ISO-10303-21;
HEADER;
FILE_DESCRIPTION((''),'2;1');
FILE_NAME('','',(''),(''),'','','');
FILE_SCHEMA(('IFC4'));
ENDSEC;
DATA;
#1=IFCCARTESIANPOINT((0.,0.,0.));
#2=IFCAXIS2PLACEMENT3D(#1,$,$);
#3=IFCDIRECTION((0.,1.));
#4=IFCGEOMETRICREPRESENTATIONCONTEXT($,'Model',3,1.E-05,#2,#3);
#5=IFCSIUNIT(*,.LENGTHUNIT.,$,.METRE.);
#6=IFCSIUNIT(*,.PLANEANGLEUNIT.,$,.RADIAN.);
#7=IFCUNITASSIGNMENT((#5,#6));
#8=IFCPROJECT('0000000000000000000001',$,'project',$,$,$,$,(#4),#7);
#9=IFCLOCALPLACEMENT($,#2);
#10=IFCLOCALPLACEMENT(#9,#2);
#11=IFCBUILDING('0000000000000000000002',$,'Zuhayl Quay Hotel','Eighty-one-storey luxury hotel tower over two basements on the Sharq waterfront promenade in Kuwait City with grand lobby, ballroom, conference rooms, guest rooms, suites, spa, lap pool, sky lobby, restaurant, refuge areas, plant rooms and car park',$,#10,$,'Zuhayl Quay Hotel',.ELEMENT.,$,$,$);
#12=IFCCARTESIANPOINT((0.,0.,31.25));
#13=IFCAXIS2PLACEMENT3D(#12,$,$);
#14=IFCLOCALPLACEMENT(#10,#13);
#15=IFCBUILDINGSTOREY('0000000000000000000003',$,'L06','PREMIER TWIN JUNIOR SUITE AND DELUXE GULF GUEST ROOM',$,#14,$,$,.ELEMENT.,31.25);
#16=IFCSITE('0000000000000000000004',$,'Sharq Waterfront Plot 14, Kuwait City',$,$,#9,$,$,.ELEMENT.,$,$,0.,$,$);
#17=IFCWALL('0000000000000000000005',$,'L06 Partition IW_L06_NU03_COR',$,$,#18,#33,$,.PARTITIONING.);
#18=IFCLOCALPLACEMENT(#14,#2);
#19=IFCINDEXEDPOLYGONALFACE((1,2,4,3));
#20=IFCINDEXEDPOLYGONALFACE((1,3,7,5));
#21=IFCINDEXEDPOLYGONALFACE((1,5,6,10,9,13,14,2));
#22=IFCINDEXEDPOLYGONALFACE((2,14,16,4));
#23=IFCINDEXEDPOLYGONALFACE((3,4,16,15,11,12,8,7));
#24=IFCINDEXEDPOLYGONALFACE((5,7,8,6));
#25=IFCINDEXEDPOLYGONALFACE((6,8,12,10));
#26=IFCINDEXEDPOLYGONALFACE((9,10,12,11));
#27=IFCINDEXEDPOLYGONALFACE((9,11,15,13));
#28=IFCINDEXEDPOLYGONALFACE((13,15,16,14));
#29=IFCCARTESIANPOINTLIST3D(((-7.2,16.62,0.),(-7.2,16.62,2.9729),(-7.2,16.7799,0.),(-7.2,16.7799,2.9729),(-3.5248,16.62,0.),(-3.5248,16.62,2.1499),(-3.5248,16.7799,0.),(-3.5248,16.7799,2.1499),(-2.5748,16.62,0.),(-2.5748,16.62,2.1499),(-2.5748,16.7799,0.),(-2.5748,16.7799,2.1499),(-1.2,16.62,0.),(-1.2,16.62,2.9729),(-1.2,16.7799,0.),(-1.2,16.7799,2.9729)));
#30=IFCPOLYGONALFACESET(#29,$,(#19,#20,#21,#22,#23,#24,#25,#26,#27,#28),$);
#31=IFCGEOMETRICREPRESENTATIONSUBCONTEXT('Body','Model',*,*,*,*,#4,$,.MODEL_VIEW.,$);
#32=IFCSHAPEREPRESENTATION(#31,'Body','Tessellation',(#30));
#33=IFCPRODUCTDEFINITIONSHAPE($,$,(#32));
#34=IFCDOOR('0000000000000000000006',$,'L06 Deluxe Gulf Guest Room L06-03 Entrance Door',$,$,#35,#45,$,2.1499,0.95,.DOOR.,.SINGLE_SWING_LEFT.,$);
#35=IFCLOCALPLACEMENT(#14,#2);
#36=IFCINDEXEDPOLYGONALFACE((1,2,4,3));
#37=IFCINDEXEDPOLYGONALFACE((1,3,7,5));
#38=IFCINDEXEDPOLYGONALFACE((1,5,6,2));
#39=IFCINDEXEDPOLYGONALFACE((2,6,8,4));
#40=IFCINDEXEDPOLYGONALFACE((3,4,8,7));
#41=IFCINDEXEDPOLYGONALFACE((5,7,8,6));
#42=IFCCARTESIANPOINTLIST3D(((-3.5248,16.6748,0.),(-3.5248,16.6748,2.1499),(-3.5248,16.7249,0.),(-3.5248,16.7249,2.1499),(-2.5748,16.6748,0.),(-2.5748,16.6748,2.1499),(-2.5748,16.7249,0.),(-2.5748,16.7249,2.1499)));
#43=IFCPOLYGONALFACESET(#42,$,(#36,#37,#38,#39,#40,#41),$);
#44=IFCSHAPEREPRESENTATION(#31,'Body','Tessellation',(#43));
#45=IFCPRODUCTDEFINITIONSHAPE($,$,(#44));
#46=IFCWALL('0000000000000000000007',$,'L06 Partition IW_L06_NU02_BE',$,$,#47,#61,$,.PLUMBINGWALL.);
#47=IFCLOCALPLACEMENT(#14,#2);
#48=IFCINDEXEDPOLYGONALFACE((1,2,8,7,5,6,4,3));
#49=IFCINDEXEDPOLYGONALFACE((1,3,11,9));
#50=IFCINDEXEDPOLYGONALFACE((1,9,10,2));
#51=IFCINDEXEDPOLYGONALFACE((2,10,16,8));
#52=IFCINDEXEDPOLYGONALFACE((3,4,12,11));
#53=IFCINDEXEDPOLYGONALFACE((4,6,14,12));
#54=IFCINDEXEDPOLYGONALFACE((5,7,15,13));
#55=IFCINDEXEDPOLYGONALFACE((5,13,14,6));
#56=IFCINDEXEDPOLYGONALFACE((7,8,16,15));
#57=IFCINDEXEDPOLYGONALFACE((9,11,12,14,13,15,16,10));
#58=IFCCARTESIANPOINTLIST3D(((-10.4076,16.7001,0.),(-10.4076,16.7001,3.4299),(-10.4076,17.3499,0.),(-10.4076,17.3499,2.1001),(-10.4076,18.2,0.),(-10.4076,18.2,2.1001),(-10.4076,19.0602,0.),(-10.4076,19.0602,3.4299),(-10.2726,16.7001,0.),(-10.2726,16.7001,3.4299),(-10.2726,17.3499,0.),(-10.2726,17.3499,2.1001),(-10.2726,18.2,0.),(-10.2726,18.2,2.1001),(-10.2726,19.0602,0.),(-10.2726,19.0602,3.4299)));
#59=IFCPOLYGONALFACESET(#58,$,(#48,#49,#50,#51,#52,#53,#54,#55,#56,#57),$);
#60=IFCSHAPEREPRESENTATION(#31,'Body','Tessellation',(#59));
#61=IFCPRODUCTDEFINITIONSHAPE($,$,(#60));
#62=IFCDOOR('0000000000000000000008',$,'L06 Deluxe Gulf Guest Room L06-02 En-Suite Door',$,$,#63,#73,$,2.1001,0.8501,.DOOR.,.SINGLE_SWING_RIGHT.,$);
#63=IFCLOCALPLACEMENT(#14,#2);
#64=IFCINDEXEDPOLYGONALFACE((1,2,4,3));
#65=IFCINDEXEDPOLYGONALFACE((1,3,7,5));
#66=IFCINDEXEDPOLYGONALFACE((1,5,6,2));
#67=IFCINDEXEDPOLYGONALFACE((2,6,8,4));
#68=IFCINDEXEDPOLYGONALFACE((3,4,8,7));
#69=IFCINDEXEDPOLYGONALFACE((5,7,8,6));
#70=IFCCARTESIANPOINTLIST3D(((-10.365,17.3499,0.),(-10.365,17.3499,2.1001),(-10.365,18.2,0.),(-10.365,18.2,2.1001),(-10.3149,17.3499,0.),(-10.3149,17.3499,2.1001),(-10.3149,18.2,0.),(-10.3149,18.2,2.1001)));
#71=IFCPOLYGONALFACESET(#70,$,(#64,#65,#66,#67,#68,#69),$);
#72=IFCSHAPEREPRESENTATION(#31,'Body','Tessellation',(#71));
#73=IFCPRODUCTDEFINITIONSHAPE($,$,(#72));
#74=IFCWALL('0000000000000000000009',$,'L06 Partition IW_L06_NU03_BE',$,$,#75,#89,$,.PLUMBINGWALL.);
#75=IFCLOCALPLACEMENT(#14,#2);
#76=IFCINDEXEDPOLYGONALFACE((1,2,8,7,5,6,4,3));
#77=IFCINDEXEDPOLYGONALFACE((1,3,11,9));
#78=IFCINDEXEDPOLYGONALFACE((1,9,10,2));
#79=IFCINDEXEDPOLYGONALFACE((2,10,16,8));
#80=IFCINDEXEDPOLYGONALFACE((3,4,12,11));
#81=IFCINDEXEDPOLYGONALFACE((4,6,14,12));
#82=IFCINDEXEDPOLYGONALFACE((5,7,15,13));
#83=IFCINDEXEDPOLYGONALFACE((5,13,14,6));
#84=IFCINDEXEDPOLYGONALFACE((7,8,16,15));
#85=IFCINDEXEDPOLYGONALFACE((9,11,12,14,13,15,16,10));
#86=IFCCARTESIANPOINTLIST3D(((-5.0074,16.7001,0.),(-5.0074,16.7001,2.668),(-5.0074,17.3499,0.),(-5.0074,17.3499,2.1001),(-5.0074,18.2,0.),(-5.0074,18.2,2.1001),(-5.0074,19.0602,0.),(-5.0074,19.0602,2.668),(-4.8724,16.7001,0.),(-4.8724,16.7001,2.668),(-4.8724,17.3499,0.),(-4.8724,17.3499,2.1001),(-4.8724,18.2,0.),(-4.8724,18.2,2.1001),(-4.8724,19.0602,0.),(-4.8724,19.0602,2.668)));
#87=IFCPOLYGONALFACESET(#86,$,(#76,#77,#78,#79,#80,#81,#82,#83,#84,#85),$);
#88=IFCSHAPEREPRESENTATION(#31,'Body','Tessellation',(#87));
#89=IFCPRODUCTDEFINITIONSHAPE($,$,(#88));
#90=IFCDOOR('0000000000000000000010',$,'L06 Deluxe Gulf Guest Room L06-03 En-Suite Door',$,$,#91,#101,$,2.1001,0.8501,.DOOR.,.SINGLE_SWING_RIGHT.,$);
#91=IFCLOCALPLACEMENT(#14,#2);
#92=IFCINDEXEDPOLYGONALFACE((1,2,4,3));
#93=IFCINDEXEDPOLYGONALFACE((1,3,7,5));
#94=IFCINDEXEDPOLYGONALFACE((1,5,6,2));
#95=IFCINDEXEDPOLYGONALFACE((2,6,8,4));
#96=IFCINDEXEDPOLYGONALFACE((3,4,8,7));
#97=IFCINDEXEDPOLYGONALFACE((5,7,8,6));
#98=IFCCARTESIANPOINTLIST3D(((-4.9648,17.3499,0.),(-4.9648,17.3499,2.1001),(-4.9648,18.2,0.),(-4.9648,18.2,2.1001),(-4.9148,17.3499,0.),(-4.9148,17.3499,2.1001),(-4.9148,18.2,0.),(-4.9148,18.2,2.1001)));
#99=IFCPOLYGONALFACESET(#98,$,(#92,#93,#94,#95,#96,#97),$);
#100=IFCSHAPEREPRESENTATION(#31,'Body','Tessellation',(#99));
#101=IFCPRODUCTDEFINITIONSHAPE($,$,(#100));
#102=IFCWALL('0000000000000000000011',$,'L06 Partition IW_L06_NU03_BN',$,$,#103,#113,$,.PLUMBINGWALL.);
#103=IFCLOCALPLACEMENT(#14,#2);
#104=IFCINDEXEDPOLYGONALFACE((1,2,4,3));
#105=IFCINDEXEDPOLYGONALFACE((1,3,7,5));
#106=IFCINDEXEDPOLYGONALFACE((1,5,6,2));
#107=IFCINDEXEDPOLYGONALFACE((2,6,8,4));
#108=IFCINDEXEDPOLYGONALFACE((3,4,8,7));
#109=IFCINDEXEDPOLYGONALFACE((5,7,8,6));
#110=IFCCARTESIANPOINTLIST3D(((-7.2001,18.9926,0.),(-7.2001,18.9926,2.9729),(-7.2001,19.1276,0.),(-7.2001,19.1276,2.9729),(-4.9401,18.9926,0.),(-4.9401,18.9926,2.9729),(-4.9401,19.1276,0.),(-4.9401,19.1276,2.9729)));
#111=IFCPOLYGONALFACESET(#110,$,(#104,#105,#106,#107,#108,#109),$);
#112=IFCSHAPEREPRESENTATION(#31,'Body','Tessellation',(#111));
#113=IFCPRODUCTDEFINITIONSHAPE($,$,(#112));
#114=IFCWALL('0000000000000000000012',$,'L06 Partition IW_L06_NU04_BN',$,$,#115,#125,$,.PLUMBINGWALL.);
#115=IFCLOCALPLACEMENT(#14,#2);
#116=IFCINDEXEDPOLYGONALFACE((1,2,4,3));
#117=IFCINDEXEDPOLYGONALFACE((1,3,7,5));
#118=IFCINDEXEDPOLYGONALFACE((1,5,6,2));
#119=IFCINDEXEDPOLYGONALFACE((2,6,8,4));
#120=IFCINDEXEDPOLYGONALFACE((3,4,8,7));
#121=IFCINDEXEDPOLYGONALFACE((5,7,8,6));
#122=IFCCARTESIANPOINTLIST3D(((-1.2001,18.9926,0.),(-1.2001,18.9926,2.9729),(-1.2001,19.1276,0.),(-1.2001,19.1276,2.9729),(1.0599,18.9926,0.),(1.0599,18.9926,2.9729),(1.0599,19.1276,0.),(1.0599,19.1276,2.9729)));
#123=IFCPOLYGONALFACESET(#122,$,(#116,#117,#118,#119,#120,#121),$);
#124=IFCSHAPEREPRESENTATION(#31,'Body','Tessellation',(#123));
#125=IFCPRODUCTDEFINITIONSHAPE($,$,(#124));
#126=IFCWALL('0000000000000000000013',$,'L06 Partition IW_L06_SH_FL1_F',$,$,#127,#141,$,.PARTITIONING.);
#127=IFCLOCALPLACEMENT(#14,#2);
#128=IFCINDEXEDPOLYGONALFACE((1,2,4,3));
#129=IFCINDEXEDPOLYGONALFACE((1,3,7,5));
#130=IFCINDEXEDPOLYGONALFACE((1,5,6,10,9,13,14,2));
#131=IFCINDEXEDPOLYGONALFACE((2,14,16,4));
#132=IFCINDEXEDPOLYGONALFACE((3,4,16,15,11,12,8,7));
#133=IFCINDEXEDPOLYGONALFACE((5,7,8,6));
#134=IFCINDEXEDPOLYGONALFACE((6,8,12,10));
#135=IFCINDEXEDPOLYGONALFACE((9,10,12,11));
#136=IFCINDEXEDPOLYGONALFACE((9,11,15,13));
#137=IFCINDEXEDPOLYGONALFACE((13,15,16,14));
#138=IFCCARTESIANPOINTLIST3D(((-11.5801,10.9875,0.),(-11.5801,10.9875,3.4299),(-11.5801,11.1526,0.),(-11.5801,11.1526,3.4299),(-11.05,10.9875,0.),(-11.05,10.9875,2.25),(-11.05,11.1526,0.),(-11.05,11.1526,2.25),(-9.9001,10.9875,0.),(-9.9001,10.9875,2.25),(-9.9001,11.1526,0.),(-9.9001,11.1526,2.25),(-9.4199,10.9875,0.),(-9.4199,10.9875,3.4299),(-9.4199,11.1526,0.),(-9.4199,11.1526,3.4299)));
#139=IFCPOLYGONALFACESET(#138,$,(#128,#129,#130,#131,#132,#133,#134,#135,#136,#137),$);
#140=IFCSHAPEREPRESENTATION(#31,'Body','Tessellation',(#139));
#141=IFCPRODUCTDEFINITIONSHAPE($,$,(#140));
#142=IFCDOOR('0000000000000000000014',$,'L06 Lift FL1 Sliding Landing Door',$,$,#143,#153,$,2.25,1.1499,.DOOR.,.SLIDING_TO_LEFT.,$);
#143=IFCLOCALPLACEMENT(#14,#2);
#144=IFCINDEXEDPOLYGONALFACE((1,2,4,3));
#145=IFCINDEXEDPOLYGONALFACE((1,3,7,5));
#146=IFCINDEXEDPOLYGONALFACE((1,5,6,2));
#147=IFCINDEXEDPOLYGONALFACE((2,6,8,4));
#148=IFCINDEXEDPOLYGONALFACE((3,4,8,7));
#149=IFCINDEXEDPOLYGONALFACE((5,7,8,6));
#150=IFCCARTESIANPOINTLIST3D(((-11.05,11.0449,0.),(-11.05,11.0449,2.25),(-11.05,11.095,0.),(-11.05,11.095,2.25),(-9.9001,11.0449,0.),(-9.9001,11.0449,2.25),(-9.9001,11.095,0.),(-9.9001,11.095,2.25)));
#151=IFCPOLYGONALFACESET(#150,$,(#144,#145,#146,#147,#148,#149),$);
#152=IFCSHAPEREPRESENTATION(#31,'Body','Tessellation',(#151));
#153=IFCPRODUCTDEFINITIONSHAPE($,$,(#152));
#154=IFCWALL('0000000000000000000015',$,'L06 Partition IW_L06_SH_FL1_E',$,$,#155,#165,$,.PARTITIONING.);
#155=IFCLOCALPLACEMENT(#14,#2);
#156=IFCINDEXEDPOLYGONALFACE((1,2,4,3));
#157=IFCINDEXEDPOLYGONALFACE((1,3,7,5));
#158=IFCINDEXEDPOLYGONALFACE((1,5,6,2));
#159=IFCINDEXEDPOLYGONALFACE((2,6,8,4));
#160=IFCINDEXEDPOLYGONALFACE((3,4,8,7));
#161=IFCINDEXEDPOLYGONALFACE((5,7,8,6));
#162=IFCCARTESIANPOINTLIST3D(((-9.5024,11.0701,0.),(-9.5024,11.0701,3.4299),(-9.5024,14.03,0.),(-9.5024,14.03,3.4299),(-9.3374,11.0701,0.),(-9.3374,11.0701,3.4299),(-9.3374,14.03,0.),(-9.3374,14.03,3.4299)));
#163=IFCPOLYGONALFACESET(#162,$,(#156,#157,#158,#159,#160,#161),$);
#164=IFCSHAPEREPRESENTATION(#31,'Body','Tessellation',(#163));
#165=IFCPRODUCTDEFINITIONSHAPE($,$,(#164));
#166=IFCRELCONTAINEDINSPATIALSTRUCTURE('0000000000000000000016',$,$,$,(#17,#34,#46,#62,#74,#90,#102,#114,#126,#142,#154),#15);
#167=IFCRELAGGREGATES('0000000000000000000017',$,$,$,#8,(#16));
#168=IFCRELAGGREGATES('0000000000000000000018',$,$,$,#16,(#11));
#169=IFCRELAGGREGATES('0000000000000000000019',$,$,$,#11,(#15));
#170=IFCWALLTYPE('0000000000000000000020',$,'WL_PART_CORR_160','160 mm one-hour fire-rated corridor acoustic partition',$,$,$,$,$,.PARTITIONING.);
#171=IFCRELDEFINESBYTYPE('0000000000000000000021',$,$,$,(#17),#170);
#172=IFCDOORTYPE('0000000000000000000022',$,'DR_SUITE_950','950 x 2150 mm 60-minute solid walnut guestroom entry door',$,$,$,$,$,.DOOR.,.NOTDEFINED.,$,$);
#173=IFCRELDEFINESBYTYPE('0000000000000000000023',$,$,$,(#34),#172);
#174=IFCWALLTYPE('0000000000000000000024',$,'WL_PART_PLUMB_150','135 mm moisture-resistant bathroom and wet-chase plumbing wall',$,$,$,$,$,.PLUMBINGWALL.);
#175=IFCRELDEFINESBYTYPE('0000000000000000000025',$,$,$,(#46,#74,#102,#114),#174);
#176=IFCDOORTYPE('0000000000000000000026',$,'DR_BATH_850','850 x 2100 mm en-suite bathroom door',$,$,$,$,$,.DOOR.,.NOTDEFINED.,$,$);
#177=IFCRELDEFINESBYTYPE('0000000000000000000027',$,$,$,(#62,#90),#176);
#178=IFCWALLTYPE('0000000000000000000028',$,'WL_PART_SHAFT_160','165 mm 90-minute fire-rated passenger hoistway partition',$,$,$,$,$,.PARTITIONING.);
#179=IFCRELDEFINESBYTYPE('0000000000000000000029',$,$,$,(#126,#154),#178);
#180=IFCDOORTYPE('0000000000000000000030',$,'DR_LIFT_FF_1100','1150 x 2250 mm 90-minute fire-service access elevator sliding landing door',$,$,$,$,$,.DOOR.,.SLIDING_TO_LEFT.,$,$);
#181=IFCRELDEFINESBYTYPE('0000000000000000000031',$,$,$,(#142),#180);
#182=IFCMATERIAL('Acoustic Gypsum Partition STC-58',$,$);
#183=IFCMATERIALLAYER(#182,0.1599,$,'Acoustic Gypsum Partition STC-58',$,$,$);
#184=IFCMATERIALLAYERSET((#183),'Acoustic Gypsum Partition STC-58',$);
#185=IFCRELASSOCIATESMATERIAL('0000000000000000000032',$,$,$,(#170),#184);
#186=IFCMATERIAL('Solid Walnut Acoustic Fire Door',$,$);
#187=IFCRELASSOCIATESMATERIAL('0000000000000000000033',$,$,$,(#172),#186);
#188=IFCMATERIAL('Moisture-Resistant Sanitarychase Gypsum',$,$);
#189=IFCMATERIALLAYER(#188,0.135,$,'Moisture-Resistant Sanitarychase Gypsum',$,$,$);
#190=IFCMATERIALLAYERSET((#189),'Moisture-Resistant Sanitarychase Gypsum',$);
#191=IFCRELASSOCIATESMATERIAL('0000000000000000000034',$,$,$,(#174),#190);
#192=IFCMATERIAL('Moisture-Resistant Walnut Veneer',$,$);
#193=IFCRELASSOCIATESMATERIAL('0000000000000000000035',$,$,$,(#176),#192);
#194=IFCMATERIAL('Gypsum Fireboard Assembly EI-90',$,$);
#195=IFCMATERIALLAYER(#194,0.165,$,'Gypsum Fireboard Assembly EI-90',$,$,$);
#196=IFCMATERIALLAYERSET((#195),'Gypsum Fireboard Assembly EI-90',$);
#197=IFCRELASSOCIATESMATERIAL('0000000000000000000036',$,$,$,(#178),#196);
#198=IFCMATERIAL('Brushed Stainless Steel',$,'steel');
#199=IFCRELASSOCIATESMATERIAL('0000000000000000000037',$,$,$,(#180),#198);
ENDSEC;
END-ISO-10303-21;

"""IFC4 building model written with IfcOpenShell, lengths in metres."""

from ifc_helpers import new_model, si_unit, direction, frame, frame_2d, origin, place, context, subcontext, project, spatial, rectangle, extrude, material, layer, layer_set, type_object, element, fill, save


model = new_model("IFC4")

# Units and contexts
model_context = context("Model", 3, precision=1e-05, world=origin(), true_north=direction((0.0, 1.0)))
body_context = subcontext(model_context, "Body", "Model", "MODEL_VIEW")
ifc_project = project(units=[si_unit("LENGTHUNIT", "METRE"), si_unit("PLANEANGLEUNIT", "RADIAN")], contexts=[model_context])

# Site, building, storey
site_placement = place(None, origin())
site = spatial("IfcSite", under=ifc_project, at=site_placement, Name="Sharq Waterfront Plot 14, Kuwait City", CompositionType="ELEMENT", RefElevation=0.0)
building_placement = place(site_placement, origin())
building = spatial("IfcBuilding", under=site, at=building_placement, Name="Zuhayl Quay Hotel", Description="Eighty-one-storey luxury hotel tower over two basements on the Sharq waterfront promenade in Kuwait City with grand lobby, ballroom, conference rooms, guest rooms, suites, spa, lap pool, sky lobby, restaurant, refuge areas, plant rooms and car park", LongName="Zuhayl Quay Hotel", CompositionType="ELEMENT")
storey_placement = place(building_placement, frame((0.0, 0.0, 31.25)))
storey = spatial("IfcBuildingStorey", under=building, at=storey_placement, Name="L06", Description="PREMIER TWIN JUNIOR SUITE AND DELUXE GULF GUEST ROOM", CompositionType="ELEMENT", Elevation=31.25)

# Shared definitions
ifc_material_1 = material(Name="Acoustic Gypsum Partition STC-58")

# Walls, openings, doors
ifc_layer_1 = layer(ifc_material_1, 0.1599, Name="Acoustic Gypsum Partition STC-58")
ifc_layer_set_1 = layer_set([ifc_layer_1], Name="Acoustic Gypsum Partition STC-58")
wall_type_1 = type_object("IfcWallType", Name="WL_PART_CORR_160", Description="160 mm one-hour fire-rated corridor acoustic partition", PredefinedType="PARTITIONING", material=ifc_layer_set_1)
wall_1_placement = place(storey_placement, frame((-7.2, 16.7, 0.0), z_axis=(0.0, 0.0, 1.0), x_axis=(1.0, 0.0, 0.0)))
wall_1 = element("IfcWall", 1, at=wall_1_placement, inside=storey, type_object=wall_type_1, Name="L06 Partition IW_L06_NU03_COR", PredefinedType="PARTITIONING", context=body_context, shape_type="SweptSolid", body=[
    extrude(rectangle(XDim=6.0, YDim=0.1599, at=frame_2d((3.0, 0.0))), origin(), (0.0, 0.0, 1.0), 2.9729),
])
opening_1_placement = place(wall_1_placement, frame((3.675, 0.0, 0.0)))
opening_1 = element("IfcOpeningElement", 2, at=opening_1_placement, cuts=wall_1, PredefinedType="OPENING", context=body_context, shape_type="SweptSolid", body=[
    extrude(rectangle(XDim=0.95, YDim=2.1499, at=frame_2d((0.4751, 1.075))), frame((0.0, 0.0898, 0.0), z_axis=(0.0, -1.0, 0.0), x_axis=(1.0, 0.0, 0.0)), (0.0, 0.0, 1.0), 0.1799),
])
ifc_material_2 = material(Name="Solid Walnut Acoustic Fire Door")
door_type_1 = type_object("IfcDoorType", Name="DR_SUITE_950", Description="950 x 2150 mm 60-minute solid walnut guestroom entry door", OperationType="NOTDEFINED", PredefinedType="DOOR", material=ifc_material_2)
door_1_placement = place(opening_1_placement, origin())
door_1 = element("IfcDoor", 3, at=door_1_placement, inside=storey, type_object=door_type_1, Name="L06 Deluxe Gulf Guest Room L06-03 Entrance Door", OperationType="SINGLE_SWING_LEFT", OverallHeight=2.1499, OverallWidth=0.95, PredefinedType="DOOR", context=body_context, shape_type="SweptSolid", body=[
    extrude(rectangle(XDim=0.95, YDim=2.1499, at=frame_2d((0.4751, 1.075))), frame((0.0, 0.0249, 0.0), z_axis=(0.0, -1.0, 0.0), x_axis=(1.0, 0.0, 0.0)), (0.0, 0.0, 1.0), 0.05),
])
fill(opening_1, door_1)
ifc_material_3 = material(Name="Moisture-Resistant Sanitarychase Gypsum")
ifc_layer_2 = layer(ifc_material_3, 0.135, Name="Moisture-Resistant Sanitarychase Gypsum")
ifc_layer_set_2 = layer_set([ifc_layer_2], Name="Moisture-Resistant Sanitarychase Gypsum")
wall_type_2 = type_object("IfcWallType", Name="WL_PART_PLUMB_150", Description="135 mm moisture-resistant bathroom and wet-chase plumbing wall", PredefinedType="PLUMBINGWALL", material=ifc_layer_set_2)
wall_2_placement = place(storey_placement, frame((-10.3401, 16.7, 0.0), z_axis=(0.0, 0.0, 1.0), x_axis=(0.0, 1.0, 0.0)))
wall_2 = element("IfcWall", 4, at=wall_2_placement, inside=storey, type_object=wall_type_2, Name="L06 Partition IW_L06_NU02_BE", PredefinedType="PLUMBINGWALL", context=body_context, shape_type="SweptSolid", body=[
    extrude(rectangle(XDim=2.3601, YDim=0.135, at=frame_2d((1.1802, 0.0))), origin(), (0.0, 0.0, 1.0), 3.4299),
])
opening_2_placement = place(wall_2_placement, frame((0.6499, 0.0, 0.0)))
opening_2 = element("IfcOpeningElement", 5, at=opening_2_placement, cuts=wall_2, PredefinedType="OPENING", context=body_context, shape_type="SweptSolid", body=[
    extrude(rectangle(XDim=0.8501, YDim=2.1001, at=frame_2d((0.425, 1.05))), frame((0.0, 0.0774, 0.0), z_axis=(0.0, -1.0, 0.0), x_axis=(1.0, 0.0, 0.0)), (0.0, 0.0, 1.0), 0.155),
])
ifc_material_4 = material(Name="Moisture-Resistant Walnut Veneer")
door_type_2 = type_object("IfcDoorType", Name="DR_BATH_850", Description="850 x 2100 mm en-suite bathroom door", OperationType="NOTDEFINED", PredefinedType="DOOR", material=ifc_material_4)
door_2_placement = place(opening_2_placement, origin())
door_2 = element("IfcDoor", 6, at=door_2_placement, inside=storey, type_object=door_type_2, Name="L06 Deluxe Gulf Guest Room L06-02 En-Suite Door", OperationType="SINGLE_SWING_RIGHT", OverallHeight=2.1001, OverallWidth=0.8501, PredefinedType="DOOR", context=body_context, shape_type="SweptSolid", body=[
    extrude(rectangle(XDim=0.8501, YDim=2.1001, at=frame_2d((0.425, 1.05))), frame((0.0, 0.0249, 0.0), z_axis=(0.0, -1.0, 0.0), x_axis=(1.0, 0.0, 0.0)), (0.0, 0.0, 1.0), 0.05),
])
fill(opening_2, door_2)
wall_3_placement = place(storey_placement, frame((-4.9399, 16.7, 0.0), z_axis=(0.0, 0.0, 1.0), x_axis=(0.0, 1.0, 0.0)))
wall_3 = element("IfcWall", 7, at=wall_3_placement, inside=storey, type_object=wall_type_2, Name="L06 Partition IW_L06_NU03_BE", PredefinedType="PLUMBINGWALL", context=body_context, shape_type="SweptSolid", body=[
    extrude(rectangle(XDim=2.3601, YDim=0.135, at=frame_2d((1.1802, 0.0))), origin(), (0.0, 0.0, 1.0), 2.668),
])
opening_3_placement = place(wall_3_placement, frame((0.6499, 0.0, 0.0)))
opening_3 = element("IfcOpeningElement", 8, at=opening_3_placement, cuts=wall_3, PredefinedType="OPENING", context=body_context, shape_type="SweptSolid", body=[
    extrude(rectangle(XDim=0.8501, YDim=2.1001, at=frame_2d((0.425, 1.05))), frame((0.0, 0.0774, 0.0), z_axis=(0.0, -1.0, 0.0), x_axis=(1.0, 0.0, 0.0)), (0.0, 0.0, 1.0), 0.155),
])
door_3_placement = place(opening_3_placement, origin())
door_3 = element("IfcDoor", 9, at=door_3_placement, inside=storey, type_object=door_type_2, Name="L06 Deluxe Gulf Guest Room L06-03 En-Suite Door", OperationType="SINGLE_SWING_RIGHT", OverallHeight=2.1001, OverallWidth=0.8501, PredefinedType="DOOR", context=body_context, shape_type="SweptSolid", body=[
    extrude(rectangle(XDim=0.8501, YDim=2.1001, at=frame_2d((0.425, 1.05))), frame((0.0, 0.0249, 0.0), z_axis=(0.0, -1.0, 0.0), x_axis=(1.0, 0.0, 0.0)), (0.0, 0.0, 1.0), 0.05),
])
fill(opening_3, door_3)

# Walls
for number, where, z_axis, x_axis, name in (
    (10, (-7.2, 19.0601, 0.0), (0.0, 0.0, 1.0), (1.0, 0.0, 0.0), "L06 Partition IW_L06_NU03_BN"),
    (11, (-1.2, 19.0601, 0.0), (0.0, 0.0, 1.0), (1.0, 0.0, 0.0), "L06 Partition IW_L06_NU04_BN"),
):
    element("IfcWall", number, at=place(storey_placement, frame(where, z_axis=z_axis, x_axis=x_axis)), inside=storey, type_object=wall_type_2, Name=name, PredefinedType="PLUMBINGWALL", context=body_context, shape_type="SweptSolid", body=[
        extrude(rectangle(XDim=2.26, YDim=0.135, at=frame_2d((1.1299, 0.0))), origin(), (0.0, 0.0, 1.0), 2.9729),
    ])

# Wall, opening, door
ifc_material_5 = material(Name="Gypsum Fireboard Assembly EI-90")
ifc_layer_3 = layer(ifc_material_5, 0.165, Name="Gypsum Fireboard Assembly EI-90")
ifc_layer_set_3 = layer_set([ifc_layer_3], Name="Gypsum Fireboard Assembly EI-90")
wall_type_3 = type_object("IfcWallType", Name="WL_PART_SHAFT_160", Description="165 mm 90-minute fire-rated passenger hoistway partition", PredefinedType="PARTITIONING", material=ifc_layer_set_3)
wall_4_placement = place(storey_placement, frame((-11.5801, 11.0701, 0.0), z_axis=(0.0, 0.0, 1.0), x_axis=(1.0, 0.0, 0.0)))
wall_4 = element("IfcWall", 12, at=wall_4_placement, inside=storey, type_object=wall_type_3, Name="L06 Partition IW_L06_SH_FL1_F", PredefinedType="PARTITIONING", context=body_context, shape_type="SweptSolid", body=[
    extrude(rectangle(XDim=2.1602, YDim=0.165, at=frame_2d((1.0801, 0.0))), origin(), (0.0, 0.0, 1.0), 3.4299),
])
opening_4_placement = place(wall_4_placement, frame((0.53, 0.0, 0.0)))
opening_4 = element("IfcOpeningElement", 13, at=opening_4_placement, cuts=wall_4, PredefinedType="OPENING", context=body_context, shape_type="SweptSolid", body=[
    extrude(rectangle(XDim=1.1499, YDim=2.25, at=frame_2d((0.575, 1.125))), frame((0.0, 0.0925, 0.0), z_axis=(0.0, -1.0, 0.0), x_axis=(1.0, 0.0, 0.0)), (0.0, 0.0, 1.0), 0.1851),
])
ifc_material_6 = material(Name="Brushed Stainless Steel", Category="steel")
door_type_3 = type_object("IfcDoorType", Name="DR_LIFT_FF_1100", Description="1150 x 2250 mm 90-minute fire-service access elevator sliding landing door", OperationType="SLIDING_TO_LEFT", PredefinedType="DOOR", material=ifc_material_6)
door_4_placement = place(opening_4_placement, origin())
door_4 = element("IfcDoor", 14, at=door_4_placement, inside=storey, type_object=door_type_3, Name="L06 Lift FL1 Sliding Landing Door", OperationType="SLIDING_TO_LEFT", OverallHeight=2.25, OverallWidth=1.1499, PredefinedType="DOOR", context=body_context, shape_type="SweptSolid", body=[
    extrude(rectangle(XDim=1.1499, YDim=2.25, at=frame_2d((0.575, 1.125))), frame((0.0, 0.0249, 0.0), z_axis=(0.0, -1.0, 0.0), x_axis=(1.0, 0.0, 0.0)), (0.0, 0.0, 1.0), 0.05),
])
fill(opening_4, door_4)

# Wall
wall_5_placement = place(storey_placement, frame((-9.4199, 11.0701, 0.0), z_axis=(0.0, 0.0, 1.0), x_axis=(0.0, 1.0, 0.0)))
element("IfcWall", 15, at=wall_5_placement, inside=storey, type_object=wall_type_3, Name="L06 Partition IW_L06_SH_FL1_E", PredefinedType="PARTITIONING", context=body_context, shape_type="SweptSolid", body=[
    extrude(rectangle(XDim=2.96, YDim=0.165, at=frame_2d((1.48, 0.0))), origin(), (0.0, 0.0, 1.0), 3.4299),
])

save(model, "model.ifc")
